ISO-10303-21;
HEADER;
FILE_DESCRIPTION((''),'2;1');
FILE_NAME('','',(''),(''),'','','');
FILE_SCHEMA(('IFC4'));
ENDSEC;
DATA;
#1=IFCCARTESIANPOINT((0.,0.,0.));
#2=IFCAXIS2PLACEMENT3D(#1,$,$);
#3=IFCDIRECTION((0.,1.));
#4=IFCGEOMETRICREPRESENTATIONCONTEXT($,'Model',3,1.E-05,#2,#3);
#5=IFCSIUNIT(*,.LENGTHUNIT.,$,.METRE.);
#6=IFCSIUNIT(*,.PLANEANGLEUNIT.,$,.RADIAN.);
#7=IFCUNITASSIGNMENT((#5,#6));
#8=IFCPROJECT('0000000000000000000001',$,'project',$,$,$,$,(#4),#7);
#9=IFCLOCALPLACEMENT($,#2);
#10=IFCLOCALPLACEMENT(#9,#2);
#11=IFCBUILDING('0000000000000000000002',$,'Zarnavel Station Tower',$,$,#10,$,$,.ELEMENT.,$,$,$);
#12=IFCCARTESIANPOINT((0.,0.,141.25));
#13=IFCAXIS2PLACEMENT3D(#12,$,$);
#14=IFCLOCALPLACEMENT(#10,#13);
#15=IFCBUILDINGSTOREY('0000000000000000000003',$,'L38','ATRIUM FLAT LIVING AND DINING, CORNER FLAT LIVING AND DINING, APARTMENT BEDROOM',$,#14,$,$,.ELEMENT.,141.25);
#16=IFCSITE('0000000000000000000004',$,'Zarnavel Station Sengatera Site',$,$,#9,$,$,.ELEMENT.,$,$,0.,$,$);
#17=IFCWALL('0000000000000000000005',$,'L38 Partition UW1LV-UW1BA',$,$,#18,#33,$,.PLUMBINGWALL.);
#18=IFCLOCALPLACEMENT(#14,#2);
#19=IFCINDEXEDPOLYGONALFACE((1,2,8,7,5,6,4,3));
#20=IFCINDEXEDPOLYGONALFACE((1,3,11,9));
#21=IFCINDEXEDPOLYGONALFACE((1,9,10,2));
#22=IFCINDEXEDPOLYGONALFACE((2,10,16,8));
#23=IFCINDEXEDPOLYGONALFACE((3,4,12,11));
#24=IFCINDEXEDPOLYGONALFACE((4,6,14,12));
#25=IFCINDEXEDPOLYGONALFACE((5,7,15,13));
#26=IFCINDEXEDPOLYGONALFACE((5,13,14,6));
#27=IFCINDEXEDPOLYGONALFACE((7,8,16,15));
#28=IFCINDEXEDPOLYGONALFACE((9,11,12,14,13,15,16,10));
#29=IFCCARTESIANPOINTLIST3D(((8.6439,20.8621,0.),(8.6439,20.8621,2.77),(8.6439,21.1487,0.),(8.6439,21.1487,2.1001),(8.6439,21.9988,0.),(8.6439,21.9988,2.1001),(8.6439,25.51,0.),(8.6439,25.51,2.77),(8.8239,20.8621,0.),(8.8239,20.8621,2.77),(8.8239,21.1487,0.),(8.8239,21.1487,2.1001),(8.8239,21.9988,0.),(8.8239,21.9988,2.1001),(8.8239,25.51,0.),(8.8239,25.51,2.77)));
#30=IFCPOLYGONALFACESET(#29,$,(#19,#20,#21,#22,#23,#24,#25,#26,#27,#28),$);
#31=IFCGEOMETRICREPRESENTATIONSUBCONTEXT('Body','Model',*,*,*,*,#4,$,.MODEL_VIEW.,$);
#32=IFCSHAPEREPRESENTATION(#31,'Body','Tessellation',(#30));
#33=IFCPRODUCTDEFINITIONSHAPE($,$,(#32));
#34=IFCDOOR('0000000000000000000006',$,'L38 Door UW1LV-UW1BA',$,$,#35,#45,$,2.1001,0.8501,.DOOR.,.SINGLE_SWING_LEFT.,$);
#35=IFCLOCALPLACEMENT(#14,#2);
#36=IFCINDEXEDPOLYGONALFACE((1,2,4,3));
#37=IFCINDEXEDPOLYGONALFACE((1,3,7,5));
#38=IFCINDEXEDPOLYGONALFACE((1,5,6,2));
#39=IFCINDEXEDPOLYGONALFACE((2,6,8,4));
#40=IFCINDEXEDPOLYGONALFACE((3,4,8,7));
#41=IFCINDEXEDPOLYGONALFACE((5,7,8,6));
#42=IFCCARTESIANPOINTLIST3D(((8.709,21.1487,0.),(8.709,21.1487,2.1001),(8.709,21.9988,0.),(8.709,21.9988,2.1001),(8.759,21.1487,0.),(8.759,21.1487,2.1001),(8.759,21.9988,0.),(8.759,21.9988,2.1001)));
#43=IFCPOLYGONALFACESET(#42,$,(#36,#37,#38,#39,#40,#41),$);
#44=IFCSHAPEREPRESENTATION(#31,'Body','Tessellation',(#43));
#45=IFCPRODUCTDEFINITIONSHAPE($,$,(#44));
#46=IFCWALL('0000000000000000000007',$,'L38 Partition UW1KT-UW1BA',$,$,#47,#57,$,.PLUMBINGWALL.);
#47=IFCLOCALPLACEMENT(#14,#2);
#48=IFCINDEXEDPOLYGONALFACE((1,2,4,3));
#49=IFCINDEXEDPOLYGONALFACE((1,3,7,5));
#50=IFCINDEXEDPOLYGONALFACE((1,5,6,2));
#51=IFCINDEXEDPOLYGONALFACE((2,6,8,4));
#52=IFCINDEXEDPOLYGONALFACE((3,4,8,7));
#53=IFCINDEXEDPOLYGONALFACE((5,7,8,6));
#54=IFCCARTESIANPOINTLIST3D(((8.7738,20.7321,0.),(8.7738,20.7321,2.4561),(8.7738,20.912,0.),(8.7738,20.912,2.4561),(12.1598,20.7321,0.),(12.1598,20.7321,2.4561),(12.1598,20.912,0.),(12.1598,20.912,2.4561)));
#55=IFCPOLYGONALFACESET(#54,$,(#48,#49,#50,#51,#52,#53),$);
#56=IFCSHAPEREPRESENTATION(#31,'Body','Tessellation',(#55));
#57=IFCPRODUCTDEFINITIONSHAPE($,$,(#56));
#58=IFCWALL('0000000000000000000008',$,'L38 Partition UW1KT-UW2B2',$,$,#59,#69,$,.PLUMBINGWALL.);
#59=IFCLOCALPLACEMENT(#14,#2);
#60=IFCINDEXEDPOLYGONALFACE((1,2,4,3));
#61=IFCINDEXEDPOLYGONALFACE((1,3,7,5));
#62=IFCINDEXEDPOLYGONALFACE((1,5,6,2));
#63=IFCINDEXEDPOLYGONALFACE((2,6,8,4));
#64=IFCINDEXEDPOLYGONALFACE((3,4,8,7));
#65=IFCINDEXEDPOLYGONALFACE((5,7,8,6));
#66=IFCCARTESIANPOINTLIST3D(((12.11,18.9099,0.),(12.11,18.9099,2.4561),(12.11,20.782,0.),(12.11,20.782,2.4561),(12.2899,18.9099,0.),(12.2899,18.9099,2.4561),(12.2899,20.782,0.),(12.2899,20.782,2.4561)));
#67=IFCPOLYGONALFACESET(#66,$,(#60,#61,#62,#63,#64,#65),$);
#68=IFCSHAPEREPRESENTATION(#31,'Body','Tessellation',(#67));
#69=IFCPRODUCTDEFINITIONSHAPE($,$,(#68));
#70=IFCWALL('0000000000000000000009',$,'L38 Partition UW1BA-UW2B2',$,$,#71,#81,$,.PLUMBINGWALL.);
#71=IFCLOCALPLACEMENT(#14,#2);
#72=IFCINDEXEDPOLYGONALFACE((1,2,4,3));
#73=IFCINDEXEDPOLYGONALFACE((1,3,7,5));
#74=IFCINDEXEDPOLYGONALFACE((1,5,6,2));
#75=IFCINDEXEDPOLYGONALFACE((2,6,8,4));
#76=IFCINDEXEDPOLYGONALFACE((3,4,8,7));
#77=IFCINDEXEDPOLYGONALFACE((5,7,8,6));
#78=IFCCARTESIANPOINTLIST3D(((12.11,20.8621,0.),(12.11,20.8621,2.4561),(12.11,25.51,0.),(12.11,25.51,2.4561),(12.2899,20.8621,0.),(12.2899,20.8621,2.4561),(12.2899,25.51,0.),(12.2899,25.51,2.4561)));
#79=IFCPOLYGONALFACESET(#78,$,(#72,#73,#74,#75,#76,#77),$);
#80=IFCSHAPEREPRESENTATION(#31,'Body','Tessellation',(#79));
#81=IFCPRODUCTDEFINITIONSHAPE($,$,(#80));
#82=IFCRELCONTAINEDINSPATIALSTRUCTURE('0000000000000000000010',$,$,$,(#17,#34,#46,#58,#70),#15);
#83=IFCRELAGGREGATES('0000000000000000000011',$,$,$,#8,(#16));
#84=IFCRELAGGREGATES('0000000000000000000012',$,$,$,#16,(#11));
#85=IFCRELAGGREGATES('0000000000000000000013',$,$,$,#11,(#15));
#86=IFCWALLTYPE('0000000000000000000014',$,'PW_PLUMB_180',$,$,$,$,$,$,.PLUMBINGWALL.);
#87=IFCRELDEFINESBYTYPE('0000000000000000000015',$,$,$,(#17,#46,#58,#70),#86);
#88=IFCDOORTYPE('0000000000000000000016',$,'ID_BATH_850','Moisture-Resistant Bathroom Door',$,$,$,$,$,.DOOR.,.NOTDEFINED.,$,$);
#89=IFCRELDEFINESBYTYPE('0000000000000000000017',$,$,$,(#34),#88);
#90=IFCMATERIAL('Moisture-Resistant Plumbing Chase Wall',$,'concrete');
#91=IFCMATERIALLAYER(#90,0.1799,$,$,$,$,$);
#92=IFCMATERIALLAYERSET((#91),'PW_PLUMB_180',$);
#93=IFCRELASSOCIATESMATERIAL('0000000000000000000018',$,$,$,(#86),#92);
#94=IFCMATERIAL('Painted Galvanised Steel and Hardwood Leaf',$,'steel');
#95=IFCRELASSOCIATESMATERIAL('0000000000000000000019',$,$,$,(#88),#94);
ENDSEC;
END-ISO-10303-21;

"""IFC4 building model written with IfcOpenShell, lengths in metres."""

from ifc_helpers import new_model, si_unit, direction, frame, frame_2d, origin, place, context, subcontext, project, spatial, rectangle, extrude, material, layer, layer_set, type_object, element, fill, save


model = new_model("IFC4")

# Units and contexts
model_context = context("Model", 3, precision=1e-05, world=origin(), true_north=direction((0.0, 1.0)))
body_context = subcontext(model_context, "Body", "Model", "MODEL_VIEW")
ifc_project = project(units=[si_unit("LENGTHUNIT", "METRE"), si_unit("PLANEANGLEUNIT", "RADIAN")], contexts=[model_context])

# Site, building, storey
site_placement = place(None, origin())
site = spatial("IfcSite", under=ifc_project, at=site_placement, Name="Zarnavel Station Sengatera Site", CompositionType="ELEMENT", RefElevation=0.0)
building_placement = place(site_placement, origin())
building = spatial("IfcBuilding", under=site, at=building_placement, Name="Zarnavel Station Tower", CompositionType="ELEMENT")
storey_placement = place(building_placement, frame((0.0, 0.0, 141.25)))
storey = spatial("IfcBuildingStorey", under=building, at=storey_placement, Name="L38", Description="ATRIUM FLAT LIVING AND DINING, CORNER FLAT LIVING AND DINING, APARTMENT BEDROOM", CompositionType="ELEMENT", Elevation=141.25)

# Shared definitions
ifc_material_1 = material(Name="Moisture-Resistant Plumbing Chase Wall", Category="concrete")
ifc_layer_1 = layer(ifc_material_1, 0.1799)
ifc_layer_set_1 = layer_set([ifc_layer_1], Name="PW_PLUMB_180")
wall_type_1 = type_object("IfcWallType", Name="PW_PLUMB_180", PredefinedType="PLUMBINGWALL", material=ifc_layer_set_1)

# Wall, opening, door
wall_1_placement = place(storey_placement, frame((8.7339, 20.8621, 0.0), z_axis=(0.0, 0.0, 1.0), x_axis=(0.0, 1.0, 0.0)))
wall_1 = element("IfcWall", 1, at=wall_1_placement, inside=storey, type_object=wall_type_1, Name="L38 Partition UW1LV-UW1BA", PredefinedType="PLUMBINGWALL", context=body_context, shape_type="SweptSolid", body=[
    extrude(rectangle(XDim=4.6479, YDim=0.1799, at=frame_2d((2.324, 0.0))), origin(), (0.0, 0.0, 1.0), 2.77),
])
opening_1_placement = place(wall_1_placement, frame((0.2866, 0.0, 0.0)))
opening_1 = element("IfcOpeningElement", 2, at=opening_1_placement, cuts=wall_1, PredefinedType="OPENING", context=body_context, shape_type="SweptSolid", body=[
    extrude(rectangle(XDim=0.8501, YDim=2.1001, at=frame_2d((0.425, 1.05))), frame((0.0, 0.0999, 0.0), z_axis=(0.0, -1.0, 0.0), x_axis=(1.0, 0.0, 0.0)), (0.0, 0.0, 1.0), 0.2),
])
ifc_material_2 = material(Name="Painted Galvanised Steel and Hardwood Leaf", Category="steel")
door_type_1 = type_object("IfcDoorType", Name="ID_BATH_850", Description="Moisture-Resistant Bathroom Door", OperationType="NOTDEFINED", PredefinedType="DOOR", material=ifc_material_2)
door_1_placement = place(opening_1_placement, origin())
door_1 = element("IfcDoor", 3, at=door_1_placement, inside=storey, type_object=door_type_1, Name="L38 Door UW1LV-UW1BA", OperationType="SINGLE_SWING_LEFT", OverallHeight=2.1001, OverallWidth=0.8501, PredefinedType="DOOR", context=body_context, shape_type="SweptSolid", body=[
    extrude(rectangle(XDim=0.8501, YDim=2.1001, at=frame_2d((0.425, 1.05))), frame((0.0, 0.0249, 0.0), z_axis=(0.0, -1.0, 0.0), x_axis=(1.0, 0.0, 0.0)), (0.0, 0.0, 1.0), 0.05),
])
fill(opening_1, door_1)

# Walls
wall_2_placement = place(storey_placement, frame((8.7739, 20.822, 0.0), z_axis=(0.0, 0.0, 1.0), x_axis=(1.0, 0.0, 0.0)))
element("IfcWall", 4, at=wall_2_placement, inside=storey, type_object=wall_type_1, Name="L38 Partition UW1KT-UW1BA", PredefinedType="PLUMBINGWALL", context=body_context, shape_type="SweptSolid", body=[
    extrude(rectangle(XDim=3.386, YDim=0.1799, at=frame_2d((1.6929, 0.0))), origin(), (0.0, 0.0, 1.0), 2.4561),
])
wall_3_placement = place(storey_placement, frame((12.2, 18.9099, 0.0), z_axis=(0.0, 0.0, 1.0), x_axis=(0.0, 1.0, 0.0)))
element("IfcWall", 5, at=wall_3_placement, inside=storey, type_object=wall_type_1, Name="L38 Partition UW1KT-UW2B2", PredefinedType="PLUMBINGWALL", context=body_context, shape_type="SweptSolid", body=[
    extrude(rectangle(XDim=1.8721, YDim=0.1799, at=frame_2d((0.936, 0.0))), origin(), (0.0, 0.0, 1.0), 2.4561),
])
wall_4_placement = place(storey_placement, frame((12.2, 20.8621, 0.0), z_axis=(0.0, 0.0, 1.0), x_axis=(0.0, 1.0, 0.0)))
element("IfcWall", 6, at=wall_4_placement, inside=storey, type_object=wall_type_1, Name="L38 Partition UW1BA-UW2B2", PredefinedType="PLUMBINGWALL", context=body_context, shape_type="SweptSolid", body=[
    extrude(rectangle(XDim=4.6479, YDim=0.1799, at=frame_2d((2.324, 0.0))), origin(), (0.0, 0.0, 1.0), 2.4561),
])

save(model, "model.ifc")
